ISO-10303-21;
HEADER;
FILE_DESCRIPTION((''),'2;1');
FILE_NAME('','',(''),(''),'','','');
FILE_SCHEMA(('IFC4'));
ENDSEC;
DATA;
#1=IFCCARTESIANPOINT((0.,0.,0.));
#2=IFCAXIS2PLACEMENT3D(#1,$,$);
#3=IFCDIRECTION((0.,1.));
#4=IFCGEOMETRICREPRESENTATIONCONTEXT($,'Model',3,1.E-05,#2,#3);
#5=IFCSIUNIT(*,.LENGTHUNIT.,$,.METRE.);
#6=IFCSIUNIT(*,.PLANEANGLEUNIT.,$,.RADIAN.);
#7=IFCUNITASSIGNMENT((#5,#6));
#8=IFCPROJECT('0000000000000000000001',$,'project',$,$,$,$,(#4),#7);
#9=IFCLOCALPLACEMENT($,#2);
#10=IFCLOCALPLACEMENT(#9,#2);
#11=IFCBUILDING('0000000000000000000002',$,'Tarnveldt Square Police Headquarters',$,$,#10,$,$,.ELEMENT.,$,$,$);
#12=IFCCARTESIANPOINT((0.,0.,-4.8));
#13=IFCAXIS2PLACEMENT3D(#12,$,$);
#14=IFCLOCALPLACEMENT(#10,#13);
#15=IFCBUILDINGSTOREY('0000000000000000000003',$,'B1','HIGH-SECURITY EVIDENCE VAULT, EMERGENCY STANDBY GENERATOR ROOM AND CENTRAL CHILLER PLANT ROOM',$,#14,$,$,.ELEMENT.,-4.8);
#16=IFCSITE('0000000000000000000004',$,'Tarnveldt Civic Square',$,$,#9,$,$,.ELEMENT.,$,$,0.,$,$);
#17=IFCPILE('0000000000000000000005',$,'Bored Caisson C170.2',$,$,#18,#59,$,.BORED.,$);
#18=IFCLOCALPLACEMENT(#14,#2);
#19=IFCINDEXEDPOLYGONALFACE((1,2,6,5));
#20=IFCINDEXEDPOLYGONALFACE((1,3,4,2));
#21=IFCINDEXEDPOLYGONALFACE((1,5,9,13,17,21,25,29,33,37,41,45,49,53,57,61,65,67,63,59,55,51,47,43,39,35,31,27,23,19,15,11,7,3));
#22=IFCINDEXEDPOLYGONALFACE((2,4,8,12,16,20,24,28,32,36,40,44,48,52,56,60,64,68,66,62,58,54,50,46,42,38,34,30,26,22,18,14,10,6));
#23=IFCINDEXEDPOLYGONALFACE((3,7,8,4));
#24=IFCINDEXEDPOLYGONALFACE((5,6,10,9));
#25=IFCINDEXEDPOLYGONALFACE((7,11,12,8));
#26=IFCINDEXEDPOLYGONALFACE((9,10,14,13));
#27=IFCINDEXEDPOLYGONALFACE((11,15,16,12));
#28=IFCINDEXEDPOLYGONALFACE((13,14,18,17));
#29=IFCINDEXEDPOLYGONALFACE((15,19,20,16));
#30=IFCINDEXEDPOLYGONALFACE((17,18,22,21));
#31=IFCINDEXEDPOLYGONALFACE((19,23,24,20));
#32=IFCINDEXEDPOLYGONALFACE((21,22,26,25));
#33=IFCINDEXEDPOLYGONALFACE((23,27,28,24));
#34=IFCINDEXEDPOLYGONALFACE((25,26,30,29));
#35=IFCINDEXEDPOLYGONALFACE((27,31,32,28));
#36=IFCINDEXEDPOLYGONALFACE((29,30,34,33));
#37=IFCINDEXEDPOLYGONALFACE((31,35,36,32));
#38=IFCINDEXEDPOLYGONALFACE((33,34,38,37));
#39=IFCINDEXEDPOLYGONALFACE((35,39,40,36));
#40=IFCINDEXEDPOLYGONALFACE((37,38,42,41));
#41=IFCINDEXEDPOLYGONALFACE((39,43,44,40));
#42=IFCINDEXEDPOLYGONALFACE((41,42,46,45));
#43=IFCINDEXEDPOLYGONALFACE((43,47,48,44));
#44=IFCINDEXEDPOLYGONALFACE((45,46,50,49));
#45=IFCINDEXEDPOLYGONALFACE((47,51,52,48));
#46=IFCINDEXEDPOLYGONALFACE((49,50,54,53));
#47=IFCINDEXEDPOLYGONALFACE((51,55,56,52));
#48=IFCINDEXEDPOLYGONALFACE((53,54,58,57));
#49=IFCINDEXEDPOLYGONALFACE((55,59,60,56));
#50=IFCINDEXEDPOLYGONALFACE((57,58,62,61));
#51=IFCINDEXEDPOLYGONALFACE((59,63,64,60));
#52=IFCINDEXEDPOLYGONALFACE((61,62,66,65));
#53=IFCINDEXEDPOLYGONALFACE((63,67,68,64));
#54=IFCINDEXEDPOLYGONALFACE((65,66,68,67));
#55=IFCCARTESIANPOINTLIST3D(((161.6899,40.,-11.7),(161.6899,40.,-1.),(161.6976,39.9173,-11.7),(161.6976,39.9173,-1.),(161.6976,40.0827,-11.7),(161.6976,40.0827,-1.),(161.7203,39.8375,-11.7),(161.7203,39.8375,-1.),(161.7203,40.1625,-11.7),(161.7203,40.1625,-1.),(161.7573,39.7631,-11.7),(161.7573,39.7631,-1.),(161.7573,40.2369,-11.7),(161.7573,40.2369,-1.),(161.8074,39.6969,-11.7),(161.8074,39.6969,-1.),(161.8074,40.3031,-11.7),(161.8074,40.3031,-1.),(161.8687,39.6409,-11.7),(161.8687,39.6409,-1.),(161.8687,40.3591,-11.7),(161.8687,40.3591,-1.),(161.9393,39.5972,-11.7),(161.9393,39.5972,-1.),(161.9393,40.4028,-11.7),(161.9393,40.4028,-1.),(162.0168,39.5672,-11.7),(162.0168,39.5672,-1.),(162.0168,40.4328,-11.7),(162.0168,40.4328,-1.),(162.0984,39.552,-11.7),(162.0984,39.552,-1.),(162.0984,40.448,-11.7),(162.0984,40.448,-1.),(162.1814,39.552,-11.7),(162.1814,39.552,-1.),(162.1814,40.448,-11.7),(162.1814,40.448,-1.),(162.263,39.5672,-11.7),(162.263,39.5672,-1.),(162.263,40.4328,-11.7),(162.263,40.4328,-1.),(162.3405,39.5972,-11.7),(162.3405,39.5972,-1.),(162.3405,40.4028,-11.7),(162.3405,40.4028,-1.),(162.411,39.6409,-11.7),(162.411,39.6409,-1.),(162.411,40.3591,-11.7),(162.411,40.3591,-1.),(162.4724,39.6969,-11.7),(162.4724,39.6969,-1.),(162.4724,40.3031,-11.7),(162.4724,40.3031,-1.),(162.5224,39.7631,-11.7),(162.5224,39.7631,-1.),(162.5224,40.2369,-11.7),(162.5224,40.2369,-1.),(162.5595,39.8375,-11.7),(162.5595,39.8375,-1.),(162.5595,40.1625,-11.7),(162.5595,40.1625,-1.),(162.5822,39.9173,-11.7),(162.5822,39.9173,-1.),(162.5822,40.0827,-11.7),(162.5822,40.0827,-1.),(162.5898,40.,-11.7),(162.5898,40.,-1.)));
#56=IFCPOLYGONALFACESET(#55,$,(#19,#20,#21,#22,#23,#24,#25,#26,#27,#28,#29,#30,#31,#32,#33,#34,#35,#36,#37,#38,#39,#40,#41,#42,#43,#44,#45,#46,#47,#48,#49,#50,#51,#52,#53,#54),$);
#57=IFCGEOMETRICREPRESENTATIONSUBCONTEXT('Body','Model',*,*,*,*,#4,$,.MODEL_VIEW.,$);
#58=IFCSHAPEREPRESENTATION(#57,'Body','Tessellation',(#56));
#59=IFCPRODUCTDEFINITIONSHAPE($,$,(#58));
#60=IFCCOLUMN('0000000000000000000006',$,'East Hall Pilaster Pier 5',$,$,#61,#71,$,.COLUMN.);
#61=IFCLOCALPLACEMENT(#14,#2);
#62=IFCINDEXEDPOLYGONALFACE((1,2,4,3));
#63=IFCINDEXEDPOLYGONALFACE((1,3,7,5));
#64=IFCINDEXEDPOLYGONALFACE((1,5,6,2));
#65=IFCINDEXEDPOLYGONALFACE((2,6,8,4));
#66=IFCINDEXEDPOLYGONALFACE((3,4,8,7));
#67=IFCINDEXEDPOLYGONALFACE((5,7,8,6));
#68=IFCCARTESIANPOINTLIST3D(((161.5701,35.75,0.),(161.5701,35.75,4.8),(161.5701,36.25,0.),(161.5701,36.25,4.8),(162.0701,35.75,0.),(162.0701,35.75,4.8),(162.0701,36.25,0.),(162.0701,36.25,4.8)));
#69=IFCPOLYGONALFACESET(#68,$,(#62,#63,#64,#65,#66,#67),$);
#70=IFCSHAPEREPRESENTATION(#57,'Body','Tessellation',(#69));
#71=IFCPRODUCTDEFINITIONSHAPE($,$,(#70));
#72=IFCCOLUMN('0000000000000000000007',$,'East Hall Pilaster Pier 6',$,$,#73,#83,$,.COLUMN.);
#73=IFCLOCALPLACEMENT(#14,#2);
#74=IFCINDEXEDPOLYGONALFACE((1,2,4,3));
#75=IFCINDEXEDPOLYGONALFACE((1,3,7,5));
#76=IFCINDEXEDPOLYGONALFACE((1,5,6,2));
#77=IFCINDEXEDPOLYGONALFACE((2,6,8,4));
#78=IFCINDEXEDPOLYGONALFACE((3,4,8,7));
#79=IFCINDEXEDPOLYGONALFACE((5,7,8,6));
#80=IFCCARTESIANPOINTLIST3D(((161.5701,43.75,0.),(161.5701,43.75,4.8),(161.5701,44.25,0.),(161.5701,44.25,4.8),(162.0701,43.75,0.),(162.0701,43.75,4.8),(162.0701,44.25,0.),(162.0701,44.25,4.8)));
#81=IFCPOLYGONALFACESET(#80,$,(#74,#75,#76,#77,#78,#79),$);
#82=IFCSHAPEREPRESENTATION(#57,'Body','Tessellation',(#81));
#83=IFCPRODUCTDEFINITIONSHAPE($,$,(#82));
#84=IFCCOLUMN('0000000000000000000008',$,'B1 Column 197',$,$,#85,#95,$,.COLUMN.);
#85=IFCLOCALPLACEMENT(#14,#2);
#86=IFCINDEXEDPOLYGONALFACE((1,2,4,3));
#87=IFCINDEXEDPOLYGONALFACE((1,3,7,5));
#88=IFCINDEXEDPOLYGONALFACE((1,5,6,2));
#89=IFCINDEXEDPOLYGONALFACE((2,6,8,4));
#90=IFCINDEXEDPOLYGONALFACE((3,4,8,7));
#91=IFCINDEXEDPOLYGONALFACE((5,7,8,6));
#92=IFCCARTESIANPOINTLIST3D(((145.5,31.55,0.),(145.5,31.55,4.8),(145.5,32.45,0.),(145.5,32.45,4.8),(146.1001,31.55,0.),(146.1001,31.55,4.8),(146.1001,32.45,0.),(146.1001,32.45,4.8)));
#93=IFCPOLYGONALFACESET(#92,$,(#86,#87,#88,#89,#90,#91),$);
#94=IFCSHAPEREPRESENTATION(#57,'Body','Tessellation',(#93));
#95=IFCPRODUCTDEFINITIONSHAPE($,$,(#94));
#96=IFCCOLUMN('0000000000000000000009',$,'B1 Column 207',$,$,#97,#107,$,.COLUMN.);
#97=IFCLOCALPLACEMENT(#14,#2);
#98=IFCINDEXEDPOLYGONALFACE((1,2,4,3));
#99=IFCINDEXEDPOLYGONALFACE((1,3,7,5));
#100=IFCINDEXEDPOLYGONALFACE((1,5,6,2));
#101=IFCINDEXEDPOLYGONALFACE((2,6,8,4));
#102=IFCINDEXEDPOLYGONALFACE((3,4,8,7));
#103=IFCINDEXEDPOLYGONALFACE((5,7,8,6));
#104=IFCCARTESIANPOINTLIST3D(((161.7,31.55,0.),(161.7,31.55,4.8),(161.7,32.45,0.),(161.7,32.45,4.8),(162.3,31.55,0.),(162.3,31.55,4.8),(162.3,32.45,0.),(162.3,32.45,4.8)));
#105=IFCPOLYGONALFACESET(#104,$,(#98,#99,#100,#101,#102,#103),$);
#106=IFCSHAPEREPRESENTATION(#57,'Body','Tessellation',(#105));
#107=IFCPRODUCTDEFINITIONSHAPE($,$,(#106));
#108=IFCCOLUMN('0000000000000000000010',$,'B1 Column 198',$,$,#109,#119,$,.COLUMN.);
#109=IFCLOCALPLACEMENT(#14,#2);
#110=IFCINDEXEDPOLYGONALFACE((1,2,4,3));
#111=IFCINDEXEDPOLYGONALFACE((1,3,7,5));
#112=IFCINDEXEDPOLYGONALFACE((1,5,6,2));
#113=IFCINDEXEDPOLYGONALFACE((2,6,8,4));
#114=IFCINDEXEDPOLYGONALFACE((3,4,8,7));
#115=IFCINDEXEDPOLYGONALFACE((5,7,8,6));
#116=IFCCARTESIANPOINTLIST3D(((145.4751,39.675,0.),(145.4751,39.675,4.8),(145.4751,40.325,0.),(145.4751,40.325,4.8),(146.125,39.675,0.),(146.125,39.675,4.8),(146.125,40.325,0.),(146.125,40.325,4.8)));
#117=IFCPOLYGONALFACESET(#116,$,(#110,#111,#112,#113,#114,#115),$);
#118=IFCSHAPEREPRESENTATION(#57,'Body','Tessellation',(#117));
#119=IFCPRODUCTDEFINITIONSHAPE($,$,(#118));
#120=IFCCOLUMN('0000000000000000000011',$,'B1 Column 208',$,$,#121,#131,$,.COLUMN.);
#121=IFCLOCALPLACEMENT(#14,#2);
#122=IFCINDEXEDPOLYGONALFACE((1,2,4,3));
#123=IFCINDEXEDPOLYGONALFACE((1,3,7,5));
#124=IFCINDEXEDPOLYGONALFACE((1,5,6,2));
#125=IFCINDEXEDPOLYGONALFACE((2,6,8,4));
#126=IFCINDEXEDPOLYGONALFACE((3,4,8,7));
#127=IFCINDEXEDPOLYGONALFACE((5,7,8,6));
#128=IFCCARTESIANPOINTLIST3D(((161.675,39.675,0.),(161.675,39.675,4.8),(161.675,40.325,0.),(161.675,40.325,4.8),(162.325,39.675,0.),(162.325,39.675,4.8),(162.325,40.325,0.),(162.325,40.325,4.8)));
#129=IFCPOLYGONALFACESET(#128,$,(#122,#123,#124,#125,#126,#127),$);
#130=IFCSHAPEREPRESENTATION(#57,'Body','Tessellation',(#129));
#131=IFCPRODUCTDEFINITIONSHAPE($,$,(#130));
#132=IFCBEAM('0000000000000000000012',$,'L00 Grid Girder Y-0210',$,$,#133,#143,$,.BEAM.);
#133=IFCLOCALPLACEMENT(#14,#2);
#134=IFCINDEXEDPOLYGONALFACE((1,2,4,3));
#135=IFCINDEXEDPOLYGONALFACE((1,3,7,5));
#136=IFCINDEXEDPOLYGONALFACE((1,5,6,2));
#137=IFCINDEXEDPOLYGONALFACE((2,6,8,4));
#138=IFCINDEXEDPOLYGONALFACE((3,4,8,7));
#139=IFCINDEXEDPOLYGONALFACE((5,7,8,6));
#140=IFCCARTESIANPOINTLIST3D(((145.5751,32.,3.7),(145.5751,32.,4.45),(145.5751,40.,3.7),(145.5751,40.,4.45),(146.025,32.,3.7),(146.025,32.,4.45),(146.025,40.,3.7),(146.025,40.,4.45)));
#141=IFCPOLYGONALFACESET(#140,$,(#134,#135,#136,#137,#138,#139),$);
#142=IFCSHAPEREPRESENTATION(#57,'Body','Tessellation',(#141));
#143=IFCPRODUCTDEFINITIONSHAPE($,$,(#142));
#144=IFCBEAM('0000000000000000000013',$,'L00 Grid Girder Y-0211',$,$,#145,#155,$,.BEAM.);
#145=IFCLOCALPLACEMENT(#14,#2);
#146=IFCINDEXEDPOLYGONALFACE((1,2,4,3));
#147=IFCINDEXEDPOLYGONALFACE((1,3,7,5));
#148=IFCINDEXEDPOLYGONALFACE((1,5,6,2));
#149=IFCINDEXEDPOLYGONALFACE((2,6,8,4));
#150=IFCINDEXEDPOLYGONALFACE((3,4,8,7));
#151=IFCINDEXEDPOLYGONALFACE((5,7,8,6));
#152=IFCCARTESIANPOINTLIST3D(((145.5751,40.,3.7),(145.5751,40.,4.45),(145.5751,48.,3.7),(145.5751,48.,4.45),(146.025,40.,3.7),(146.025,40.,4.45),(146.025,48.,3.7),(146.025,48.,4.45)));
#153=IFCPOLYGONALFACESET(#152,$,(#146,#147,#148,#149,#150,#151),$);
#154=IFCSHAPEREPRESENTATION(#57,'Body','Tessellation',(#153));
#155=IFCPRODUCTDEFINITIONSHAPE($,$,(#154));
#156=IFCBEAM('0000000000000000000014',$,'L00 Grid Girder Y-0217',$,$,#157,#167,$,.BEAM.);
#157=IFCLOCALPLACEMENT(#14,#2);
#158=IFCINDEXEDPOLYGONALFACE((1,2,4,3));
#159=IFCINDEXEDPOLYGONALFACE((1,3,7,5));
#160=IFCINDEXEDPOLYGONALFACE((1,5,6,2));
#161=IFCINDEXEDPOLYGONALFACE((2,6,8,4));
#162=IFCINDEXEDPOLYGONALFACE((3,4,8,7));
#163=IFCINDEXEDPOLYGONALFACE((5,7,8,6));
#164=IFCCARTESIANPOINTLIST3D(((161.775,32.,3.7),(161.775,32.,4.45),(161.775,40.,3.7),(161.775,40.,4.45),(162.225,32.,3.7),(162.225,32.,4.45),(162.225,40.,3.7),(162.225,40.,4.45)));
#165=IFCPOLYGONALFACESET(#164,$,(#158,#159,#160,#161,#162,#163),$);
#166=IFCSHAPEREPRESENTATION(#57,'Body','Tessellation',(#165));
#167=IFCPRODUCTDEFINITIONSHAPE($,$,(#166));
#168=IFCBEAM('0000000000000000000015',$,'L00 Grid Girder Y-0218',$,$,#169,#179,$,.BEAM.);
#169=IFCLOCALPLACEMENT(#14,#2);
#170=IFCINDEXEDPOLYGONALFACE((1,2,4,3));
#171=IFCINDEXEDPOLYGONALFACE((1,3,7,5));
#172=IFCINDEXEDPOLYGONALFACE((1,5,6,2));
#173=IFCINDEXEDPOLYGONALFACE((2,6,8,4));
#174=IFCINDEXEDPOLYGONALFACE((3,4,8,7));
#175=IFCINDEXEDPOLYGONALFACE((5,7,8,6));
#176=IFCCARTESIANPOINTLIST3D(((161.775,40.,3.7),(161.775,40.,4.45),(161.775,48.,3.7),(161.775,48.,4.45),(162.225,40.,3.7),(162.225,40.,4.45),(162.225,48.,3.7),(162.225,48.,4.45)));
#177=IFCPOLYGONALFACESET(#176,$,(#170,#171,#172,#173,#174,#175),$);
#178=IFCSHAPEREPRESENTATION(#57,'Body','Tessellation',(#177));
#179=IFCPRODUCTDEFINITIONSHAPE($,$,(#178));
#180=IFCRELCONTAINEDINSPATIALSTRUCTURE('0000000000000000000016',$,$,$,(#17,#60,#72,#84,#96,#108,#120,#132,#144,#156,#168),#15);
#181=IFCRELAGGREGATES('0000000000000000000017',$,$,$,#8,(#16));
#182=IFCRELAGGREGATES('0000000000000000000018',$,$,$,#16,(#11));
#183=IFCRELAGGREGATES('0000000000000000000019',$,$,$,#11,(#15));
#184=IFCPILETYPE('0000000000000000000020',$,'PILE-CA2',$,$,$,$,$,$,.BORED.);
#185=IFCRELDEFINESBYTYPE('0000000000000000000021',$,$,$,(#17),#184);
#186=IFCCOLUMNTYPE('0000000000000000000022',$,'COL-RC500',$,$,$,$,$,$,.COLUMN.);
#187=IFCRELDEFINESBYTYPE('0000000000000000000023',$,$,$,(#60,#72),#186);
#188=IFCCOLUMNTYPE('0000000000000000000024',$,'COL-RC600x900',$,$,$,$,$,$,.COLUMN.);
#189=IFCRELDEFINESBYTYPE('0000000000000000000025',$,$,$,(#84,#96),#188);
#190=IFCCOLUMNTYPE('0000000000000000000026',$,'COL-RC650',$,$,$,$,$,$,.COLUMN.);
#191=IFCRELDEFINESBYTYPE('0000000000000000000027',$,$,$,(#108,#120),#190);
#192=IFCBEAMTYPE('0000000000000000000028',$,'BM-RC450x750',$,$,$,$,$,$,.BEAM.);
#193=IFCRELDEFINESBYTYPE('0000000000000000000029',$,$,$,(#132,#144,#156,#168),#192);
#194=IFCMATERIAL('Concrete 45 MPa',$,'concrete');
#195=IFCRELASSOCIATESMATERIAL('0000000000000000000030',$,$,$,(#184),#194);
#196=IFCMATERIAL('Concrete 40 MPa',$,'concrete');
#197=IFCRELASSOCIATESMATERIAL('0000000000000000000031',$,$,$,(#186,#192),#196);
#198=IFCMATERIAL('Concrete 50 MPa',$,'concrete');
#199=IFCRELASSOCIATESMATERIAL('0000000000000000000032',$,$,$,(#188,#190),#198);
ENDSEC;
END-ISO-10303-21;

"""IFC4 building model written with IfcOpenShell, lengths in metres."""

from ifc_helpers import new_model, si_unit, direction, frame, origin, origin_2d, place, context, subcontext, project, spatial, rectangle, circle, extrude, material, material_profile, profile_set, type_object, element, save


model = new_model("IFC4")

# Units and contexts
model_context = context("Model", 3, precision=1e-05, world=origin(), true_north=direction((0.0, 1.0)))
body_context = subcontext(model_context, "Body", "Model", "MODEL_VIEW")
ifc_project = project(units=[si_unit("LENGTHUNIT", "METRE"), si_unit("PLANEANGLEUNIT", "RADIAN")], contexts=[model_context])

# Site, building, storey
site_placement = place(None, origin())
site = spatial("IfcSite", under=ifc_project, at=site_placement, Name="Tarnveldt Civic Square", CompositionType="ELEMENT", RefElevation=0.0)
building_placement = place(site_placement, origin())
building = spatial("IfcBuilding", under=site, at=building_placement, Name="Tarnveldt Square Police Headquarters", CompositionType="ELEMENT")
storey_placement = place(building_placement, frame((0.0, 0.0, -4.8)))
storey = spatial("IfcBuildingStorey", under=building, at=storey_placement, Name="B1", Description="HIGH-SECURITY EVIDENCE VAULT, EMERGENCY STANDBY GENERATOR ROOM AND CENTRAL CHILLER PLANT ROOM", CompositionType="ELEMENT", Elevation=-4.8)

# Shared definitions
ifc_material_1 = material(Name="Concrete 45 MPa", Category="concrete")

# Pile
ifc_material_profile_1 = material_profile(ifc_material_1, circle(Radius=0.45, at=origin_2d()), Name="CAISSON-D900")
ifc_profile_set_1 = profile_set([ifc_material_profile_1], Name="Concrete 45 MPa")
pile_type_1 = type_object("IfcPileType", Name="PILE-CA2", PredefinedType="BORED", material=ifc_profile_set_1)
for number, where, z_axis, x_axis, name in (
    (1, (162.1399, 40.0, -1.0), (0.0, 0.0, -1.0), (1.0, 0.0, 0.0), "Bored Caisson C170.2"),
):
    element("IfcPile", number, at=place(storey_placement, frame(where, z_axis=z_axis, x_axis=x_axis)), inside=storey, type_object=pile_type_1, Name=name, PredefinedType="BORED", context=body_context, shape_type="SweptSolid", body=[
        extrude(circle(Radius=0.45, at=origin_2d()), origin(), (0.0, 0.0, 1.0), 10.7),
    ])

# Columns
ifc_material_2 = material(Name="Concrete 40 MPa", Category="concrete")
ifc_material_profile_2 = material_profile(ifc_material_2, rectangle(XDim=0.5, YDim=0.5, at=origin_2d()), Name="RC-C500x500")
ifc_profile_set_2 = profile_set([ifc_material_profile_2], Name="Concrete 40 MPa")
column_type_1 = type_object("IfcColumnType", Name="COL-RC500", PredefinedType="COLUMN", material=ifc_profile_set_2)
for number, where, z_axis, x_axis, name in (
    (2, (161.8201, 36.0, 0.0), (0.0, 0.0, 1.0), (1.0, 0.0, 0.0), "East Hall Pilaster Pier 5"),
    (3, (161.8201, 44.0, 0.0), (0.0, 0.0, 1.0), (1.0, 0.0, 0.0), "East Hall Pilaster Pier 6"),
):
    element("IfcColumn", number, at=place(storey_placement, frame(where, z_axis=z_axis, x_axis=x_axis)), inside=storey, type_object=column_type_1, Name=name, PredefinedType="COLUMN", context=body_context, shape_type="SweptSolid", body=[
        extrude(rectangle(XDim=0.5, YDim=0.5, at=origin_2d()), origin(), (0.0, 0.0, 1.0), 4.8),
    ])
ifc_material_3 = material(Name="Concrete 50 MPa", Category="concrete")
ifc_material_profile_3 = material_profile(ifc_material_3, rectangle(XDim=0.6001, YDim=0.8999, at=origin_2d()), Name="RC-C600x900")
ifc_profile_set_3 = profile_set([ifc_material_profile_3], Name="Concrete 50 MPa")
column_type_2 = type_object("IfcColumnType", Name="COL-RC600x900", PredefinedType="COLUMN", material=ifc_profile_set_3)
for number, where, z_axis, x_axis, name in (
    (4, (145.8, 32.0, 0.0), (0.0, 0.0, 1.0), (1.0, 0.0, 0.0), "B1 Column 197"),
    (5, (162.0, 32.0, 0.0), (0.0, 0.0, 1.0), (1.0, 0.0, 0.0), "B1 Column 207"),
):
    element("IfcColumn", number, at=place(storey_placement, frame(where, z_axis=z_axis, x_axis=x_axis)), inside=storey, type_object=column_type_2, Name=name, PredefinedType="COLUMN", context=body_context, shape_type="SweptSolid", body=[
        extrude(rectangle(XDim=0.6001, YDim=0.8999, at=origin_2d()), origin(), (0.0, 0.0, 1.0), 4.8),
    ])
ifc_material_profile_4 = material_profile(ifc_material_3, rectangle(XDim=0.6499, YDim=0.6499, at=origin_2d()), Name="RC-C650x650")
ifc_profile_set_4 = profile_set([ifc_material_profile_4], Name="Concrete 50 MPa")
column_type_3 = type_object("IfcColumnType", Name="COL-RC650", PredefinedType="COLUMN", material=ifc_profile_set_4)
for number, where, z_axis, x_axis, name in (
    (6, (145.8, 40.0, 0.0), (0.0, 0.0, 1.0), (1.0, 0.0, 0.0), "B1 Column 198"),
    (7, (162.0, 40.0, 0.0), (0.0, 0.0, 1.0), (1.0, 0.0, 0.0), "B1 Column 208"),
):
    element("IfcColumn", number, at=place(storey_placement, frame(where, z_axis=z_axis, x_axis=x_axis)), inside=storey, type_object=column_type_3, Name=name, PredefinedType="COLUMN", context=body_context, shape_type="SweptSolid", body=[
        extrude(rectangle(XDim=0.6499, YDim=0.6499, at=origin_2d()), origin(), (0.0, 0.0, 1.0), 4.8),
    ])

# Beams
ifc_material_profile_5 = material_profile(ifc_material_2, rectangle(XDim=0.45, YDim=0.75, at=origin_2d()), Name="RC-B450x750")
ifc_profile_set_5 = profile_set([ifc_material_profile_5], Name="Concrete 40 MPa")
beam_type_1 = type_object("IfcBeamType", Name="BM-RC450x750", PredefinedType="BEAM", material=ifc_profile_set_5)
for number, where, z_axis, x_axis, name in (
    (8, (145.8, 32.0, 4.075), (0.0, 1.0, 0.0), (-1.0, 0.0, 0.0), "L00 Grid Girder Y-0210"),
    (9, (145.8, 40.0, 4.075), (0.0, 1.0, 0.0), (-1.0, 0.0, 0.0), "L00 Grid Girder Y-0211"),
    (10, (162.0, 32.0, 4.075), (0.0, 1.0, 0.0), (-1.0, 0.0, 0.0), "L00 Grid Girder Y-0217"),
    (11, (162.0, 40.0, 4.075), (0.0, 1.0, 0.0), (-1.0, 0.0, 0.0), "L00 Grid Girder Y-0218"),
):
    element("IfcBeam", number, at=place(storey_placement, frame(where, z_axis=z_axis, x_axis=x_axis)), inside=storey, type_object=beam_type_1, Name=name, PredefinedType="BEAM", context=body_context, shape_type="SweptSolid", body=[
        extrude(rectangle(XDim=0.45, YDim=0.75, at=origin_2d()), origin(), (0.0, 0.0, 1.0), 8.0),
    ])

save(model, "model.ifc")
